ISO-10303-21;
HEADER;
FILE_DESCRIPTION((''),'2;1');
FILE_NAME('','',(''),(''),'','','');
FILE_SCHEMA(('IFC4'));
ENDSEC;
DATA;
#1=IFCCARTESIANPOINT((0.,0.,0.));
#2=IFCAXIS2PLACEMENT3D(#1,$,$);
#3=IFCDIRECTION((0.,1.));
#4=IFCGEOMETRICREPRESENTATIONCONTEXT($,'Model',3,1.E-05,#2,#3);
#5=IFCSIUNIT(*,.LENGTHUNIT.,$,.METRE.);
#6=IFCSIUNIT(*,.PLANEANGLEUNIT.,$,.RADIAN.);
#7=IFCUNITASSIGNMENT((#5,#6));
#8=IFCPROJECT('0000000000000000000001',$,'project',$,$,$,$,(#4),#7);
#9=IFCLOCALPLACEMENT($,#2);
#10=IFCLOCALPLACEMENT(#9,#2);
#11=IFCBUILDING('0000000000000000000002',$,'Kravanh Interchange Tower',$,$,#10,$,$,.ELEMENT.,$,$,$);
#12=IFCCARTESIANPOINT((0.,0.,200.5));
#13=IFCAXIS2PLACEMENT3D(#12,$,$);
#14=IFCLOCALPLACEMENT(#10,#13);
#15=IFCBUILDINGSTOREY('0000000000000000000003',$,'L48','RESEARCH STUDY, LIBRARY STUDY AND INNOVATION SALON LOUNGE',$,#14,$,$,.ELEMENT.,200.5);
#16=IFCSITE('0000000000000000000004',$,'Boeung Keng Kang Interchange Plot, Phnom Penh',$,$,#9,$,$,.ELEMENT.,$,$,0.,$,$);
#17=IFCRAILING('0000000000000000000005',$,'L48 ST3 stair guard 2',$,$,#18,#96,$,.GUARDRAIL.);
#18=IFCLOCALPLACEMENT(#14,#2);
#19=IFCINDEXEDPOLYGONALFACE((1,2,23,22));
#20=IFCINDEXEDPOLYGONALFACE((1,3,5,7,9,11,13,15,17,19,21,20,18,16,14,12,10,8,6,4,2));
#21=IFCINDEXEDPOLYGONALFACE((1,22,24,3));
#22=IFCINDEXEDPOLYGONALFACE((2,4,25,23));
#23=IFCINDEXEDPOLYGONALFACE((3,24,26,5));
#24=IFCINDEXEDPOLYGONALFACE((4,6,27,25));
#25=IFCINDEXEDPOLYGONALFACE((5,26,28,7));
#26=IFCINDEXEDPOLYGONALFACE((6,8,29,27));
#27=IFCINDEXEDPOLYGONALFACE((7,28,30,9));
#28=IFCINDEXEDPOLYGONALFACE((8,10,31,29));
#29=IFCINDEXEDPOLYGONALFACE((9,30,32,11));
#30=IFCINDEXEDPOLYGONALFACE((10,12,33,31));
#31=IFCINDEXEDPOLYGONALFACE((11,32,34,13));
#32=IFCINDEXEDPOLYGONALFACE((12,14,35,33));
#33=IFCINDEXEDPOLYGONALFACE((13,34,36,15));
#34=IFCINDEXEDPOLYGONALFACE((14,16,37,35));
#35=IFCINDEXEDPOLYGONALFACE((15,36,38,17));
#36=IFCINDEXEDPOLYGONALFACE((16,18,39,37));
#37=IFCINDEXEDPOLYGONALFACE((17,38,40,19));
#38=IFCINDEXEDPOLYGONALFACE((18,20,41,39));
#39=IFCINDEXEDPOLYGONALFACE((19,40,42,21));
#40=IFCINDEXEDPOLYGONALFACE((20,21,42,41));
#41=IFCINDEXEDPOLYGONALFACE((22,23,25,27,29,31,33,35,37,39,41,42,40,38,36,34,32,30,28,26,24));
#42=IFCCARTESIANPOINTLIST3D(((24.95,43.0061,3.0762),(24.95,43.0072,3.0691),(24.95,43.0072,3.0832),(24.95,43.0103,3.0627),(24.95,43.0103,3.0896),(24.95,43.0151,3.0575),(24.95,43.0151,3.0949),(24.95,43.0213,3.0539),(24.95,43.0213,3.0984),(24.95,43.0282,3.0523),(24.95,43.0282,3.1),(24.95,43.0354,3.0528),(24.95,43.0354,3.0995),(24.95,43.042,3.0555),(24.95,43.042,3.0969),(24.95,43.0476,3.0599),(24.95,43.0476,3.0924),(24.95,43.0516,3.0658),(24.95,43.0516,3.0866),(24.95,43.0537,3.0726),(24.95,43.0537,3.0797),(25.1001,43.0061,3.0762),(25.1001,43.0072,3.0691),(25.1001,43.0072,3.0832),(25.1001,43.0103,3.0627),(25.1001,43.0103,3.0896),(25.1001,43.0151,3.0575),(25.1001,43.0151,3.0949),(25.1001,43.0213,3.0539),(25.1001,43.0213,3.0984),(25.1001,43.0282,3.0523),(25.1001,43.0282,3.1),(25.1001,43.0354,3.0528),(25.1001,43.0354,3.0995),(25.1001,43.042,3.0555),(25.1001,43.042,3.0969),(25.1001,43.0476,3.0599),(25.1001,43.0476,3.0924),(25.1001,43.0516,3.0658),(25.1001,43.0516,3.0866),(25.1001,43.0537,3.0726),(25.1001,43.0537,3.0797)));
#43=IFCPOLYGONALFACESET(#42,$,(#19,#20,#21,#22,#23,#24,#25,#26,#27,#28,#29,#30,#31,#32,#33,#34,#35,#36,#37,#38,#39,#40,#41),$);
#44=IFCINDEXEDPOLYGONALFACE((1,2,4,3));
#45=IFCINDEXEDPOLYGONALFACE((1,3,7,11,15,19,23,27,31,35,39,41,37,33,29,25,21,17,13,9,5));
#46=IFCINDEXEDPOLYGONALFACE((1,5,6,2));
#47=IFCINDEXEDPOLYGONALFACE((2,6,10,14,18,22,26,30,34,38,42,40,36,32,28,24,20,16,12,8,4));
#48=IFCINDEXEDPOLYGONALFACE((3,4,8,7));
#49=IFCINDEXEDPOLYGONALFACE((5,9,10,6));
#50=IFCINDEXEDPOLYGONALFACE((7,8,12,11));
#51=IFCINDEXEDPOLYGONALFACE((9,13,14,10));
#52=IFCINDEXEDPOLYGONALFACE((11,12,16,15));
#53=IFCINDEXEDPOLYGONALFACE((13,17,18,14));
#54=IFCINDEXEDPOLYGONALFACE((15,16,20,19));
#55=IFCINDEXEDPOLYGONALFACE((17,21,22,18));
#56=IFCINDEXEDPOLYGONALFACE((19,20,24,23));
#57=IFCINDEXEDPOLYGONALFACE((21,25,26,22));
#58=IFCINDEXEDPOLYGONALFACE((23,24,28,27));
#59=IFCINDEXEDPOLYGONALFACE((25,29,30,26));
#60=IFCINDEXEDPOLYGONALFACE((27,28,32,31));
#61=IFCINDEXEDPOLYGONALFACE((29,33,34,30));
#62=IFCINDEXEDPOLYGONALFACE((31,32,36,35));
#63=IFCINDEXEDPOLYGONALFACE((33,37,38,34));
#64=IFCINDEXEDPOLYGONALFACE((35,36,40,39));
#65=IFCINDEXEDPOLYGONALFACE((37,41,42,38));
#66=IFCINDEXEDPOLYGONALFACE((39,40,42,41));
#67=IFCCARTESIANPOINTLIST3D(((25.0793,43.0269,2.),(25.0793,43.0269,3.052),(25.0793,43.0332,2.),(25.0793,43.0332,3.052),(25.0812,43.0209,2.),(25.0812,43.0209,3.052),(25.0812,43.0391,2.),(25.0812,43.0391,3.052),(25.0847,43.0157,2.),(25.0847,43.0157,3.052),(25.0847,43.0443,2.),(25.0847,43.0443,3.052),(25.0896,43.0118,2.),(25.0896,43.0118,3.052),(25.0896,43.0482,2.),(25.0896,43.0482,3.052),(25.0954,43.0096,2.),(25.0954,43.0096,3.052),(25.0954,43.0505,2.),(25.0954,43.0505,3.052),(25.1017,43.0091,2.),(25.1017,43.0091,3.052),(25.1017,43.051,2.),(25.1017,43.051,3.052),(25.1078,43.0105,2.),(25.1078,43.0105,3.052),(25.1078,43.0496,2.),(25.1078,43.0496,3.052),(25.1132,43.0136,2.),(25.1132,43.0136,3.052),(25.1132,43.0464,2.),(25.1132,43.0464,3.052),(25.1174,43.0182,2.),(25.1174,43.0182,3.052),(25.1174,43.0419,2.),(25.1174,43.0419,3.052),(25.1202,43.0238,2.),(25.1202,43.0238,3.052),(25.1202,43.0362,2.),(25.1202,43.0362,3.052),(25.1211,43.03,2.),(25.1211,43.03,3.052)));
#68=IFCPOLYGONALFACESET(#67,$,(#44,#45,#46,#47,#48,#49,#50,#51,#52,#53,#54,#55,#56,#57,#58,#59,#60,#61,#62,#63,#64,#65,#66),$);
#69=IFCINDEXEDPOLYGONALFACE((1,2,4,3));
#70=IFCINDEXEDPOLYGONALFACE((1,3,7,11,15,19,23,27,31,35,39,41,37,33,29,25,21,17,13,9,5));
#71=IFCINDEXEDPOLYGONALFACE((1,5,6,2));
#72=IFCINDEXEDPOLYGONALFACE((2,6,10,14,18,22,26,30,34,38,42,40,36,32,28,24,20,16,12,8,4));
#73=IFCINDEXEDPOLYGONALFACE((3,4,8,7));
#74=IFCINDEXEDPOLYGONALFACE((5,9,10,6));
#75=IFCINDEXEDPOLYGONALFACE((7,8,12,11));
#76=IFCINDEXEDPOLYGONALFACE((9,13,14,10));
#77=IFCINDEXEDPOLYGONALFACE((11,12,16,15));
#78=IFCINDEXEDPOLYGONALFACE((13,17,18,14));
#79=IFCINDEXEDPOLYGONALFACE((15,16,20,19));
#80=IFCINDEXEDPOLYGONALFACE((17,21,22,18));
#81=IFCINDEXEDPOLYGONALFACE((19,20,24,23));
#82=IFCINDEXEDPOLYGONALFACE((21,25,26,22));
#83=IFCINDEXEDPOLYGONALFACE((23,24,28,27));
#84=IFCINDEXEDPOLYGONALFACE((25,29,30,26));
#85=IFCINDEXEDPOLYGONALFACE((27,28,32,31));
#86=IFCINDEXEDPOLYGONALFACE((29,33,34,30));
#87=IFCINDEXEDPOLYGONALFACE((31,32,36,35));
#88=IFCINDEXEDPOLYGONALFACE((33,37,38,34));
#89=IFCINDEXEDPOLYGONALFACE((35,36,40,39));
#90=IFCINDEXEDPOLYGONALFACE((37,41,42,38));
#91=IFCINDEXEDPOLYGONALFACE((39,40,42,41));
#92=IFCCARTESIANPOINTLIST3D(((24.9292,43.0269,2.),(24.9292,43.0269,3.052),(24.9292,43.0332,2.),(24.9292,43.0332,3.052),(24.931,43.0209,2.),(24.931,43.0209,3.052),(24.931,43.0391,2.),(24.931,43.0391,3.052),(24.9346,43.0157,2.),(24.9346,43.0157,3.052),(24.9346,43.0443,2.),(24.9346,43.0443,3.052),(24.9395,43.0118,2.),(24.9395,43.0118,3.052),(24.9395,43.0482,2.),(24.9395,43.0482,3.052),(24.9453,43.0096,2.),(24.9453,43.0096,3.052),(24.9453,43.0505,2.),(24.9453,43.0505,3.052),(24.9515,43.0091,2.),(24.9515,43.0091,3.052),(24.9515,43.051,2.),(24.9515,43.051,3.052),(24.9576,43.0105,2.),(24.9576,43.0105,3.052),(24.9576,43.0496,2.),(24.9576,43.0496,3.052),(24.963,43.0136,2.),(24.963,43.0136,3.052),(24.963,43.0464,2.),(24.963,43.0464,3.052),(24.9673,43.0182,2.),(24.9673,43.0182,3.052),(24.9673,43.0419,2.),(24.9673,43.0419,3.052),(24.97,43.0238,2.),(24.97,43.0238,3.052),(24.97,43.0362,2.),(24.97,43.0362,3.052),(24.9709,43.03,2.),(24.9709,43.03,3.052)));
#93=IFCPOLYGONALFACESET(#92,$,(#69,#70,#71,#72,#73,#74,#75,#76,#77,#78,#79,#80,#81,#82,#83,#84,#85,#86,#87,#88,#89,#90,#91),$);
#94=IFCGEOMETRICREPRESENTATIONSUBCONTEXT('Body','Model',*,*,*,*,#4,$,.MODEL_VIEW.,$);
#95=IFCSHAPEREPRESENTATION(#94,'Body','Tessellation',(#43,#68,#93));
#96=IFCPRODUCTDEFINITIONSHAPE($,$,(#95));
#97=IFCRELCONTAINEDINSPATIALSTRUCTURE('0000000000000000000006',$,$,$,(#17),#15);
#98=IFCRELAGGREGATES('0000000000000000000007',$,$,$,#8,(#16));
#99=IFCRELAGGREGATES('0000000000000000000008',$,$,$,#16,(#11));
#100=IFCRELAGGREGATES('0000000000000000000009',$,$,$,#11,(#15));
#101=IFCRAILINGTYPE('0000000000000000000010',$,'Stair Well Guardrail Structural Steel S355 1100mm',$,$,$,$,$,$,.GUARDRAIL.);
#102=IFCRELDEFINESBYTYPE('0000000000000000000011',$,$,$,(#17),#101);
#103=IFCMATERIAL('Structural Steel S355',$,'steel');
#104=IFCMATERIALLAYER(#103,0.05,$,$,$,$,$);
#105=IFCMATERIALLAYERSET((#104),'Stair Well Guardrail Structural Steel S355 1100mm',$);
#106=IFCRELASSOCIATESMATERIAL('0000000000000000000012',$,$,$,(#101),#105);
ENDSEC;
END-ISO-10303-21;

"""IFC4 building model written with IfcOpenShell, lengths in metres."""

from ifc_helpers import new_model, si_unit, direction, frame, origin, origin_2d, place, context, subcontext, project, spatial, circle, extrude, material, layer, layer_set, type_object, element, save


model = new_model("IFC4")

# Units and contexts
model_context = context("Model", 3, precision=1e-05, world=origin(), true_north=direction((0.0, 1.0)))
body_context = subcontext(model_context, "Body", "Model", "MODEL_VIEW")
ifc_project = project(units=[si_unit("LENGTHUNIT", "METRE"), si_unit("PLANEANGLEUNIT", "RADIAN")], contexts=[model_context])

# Site, building, storey
site_placement = place(None, origin())
site = spatial("IfcSite", under=ifc_project, at=site_placement, Name="Boeung Keng Kang Interchange Plot, Phnom Penh", CompositionType="ELEMENT", RefElevation=0.0)
building_placement = place(site_placement, origin())
building = spatial("IfcBuilding", under=site, at=building_placement, Name="Kravanh Interchange Tower", CompositionType="ELEMENT")
storey_placement = place(building_placement, frame((0.0, 0.0, 200.5)))
storey = spatial("IfcBuildingStorey", under=building, at=storey_placement, Name="L48", Description="RESEARCH STUDY, LIBRARY STUDY AND INNOVATION SALON LOUNGE", CompositionType="ELEMENT", Elevation=200.5)

# Railing
ifc_material_1 = material(Name="Structural Steel S355", Category="steel")
ifc_layer_1 = layer(ifc_material_1, 0.05)
ifc_layer_set_1 = layer_set([ifc_layer_1], Name="Stair Well Guardrail Structural Steel S355 1100mm")
railing_type_1 = type_object("IfcRailingType", Name="Stair Well Guardrail Structural Steel S355 1100mm", PredefinedType="GUARDRAIL", material=ifc_layer_set_1)
railing_1_placement = place(storey_placement, frame((25.1001, 43.03, 2.0)))
element("IfcRailing", 1, at=railing_1_placement, inside=storey, type_object=railing_type_1, Name="L48 ST3 stair guard 2", PredefinedType="GUARDRAIL", context=body_context, shape_type="SweptSolid", body=[
    extrude(circle(Radius=0.0239, at=origin_2d()), frame((0.0, 0.0, 1.0762), z_axis=(-1.0, 0.0, 0.0), x_axis=(0.0, -1.0, 0.0)), (0.0, 0.0, 1.0), 0.1501),
    extrude(circle(Radius=0.021, at=origin_2d()), origin(), (0.0, 0.0, 1.0), 1.052),
    extrude(circle(Radius=0.021, at=origin_2d()), frame((-0.1501, 0.0, 0.0)), (0.0, 0.0, 1.0), 1.052),
])

save(model, "model.ifc")
